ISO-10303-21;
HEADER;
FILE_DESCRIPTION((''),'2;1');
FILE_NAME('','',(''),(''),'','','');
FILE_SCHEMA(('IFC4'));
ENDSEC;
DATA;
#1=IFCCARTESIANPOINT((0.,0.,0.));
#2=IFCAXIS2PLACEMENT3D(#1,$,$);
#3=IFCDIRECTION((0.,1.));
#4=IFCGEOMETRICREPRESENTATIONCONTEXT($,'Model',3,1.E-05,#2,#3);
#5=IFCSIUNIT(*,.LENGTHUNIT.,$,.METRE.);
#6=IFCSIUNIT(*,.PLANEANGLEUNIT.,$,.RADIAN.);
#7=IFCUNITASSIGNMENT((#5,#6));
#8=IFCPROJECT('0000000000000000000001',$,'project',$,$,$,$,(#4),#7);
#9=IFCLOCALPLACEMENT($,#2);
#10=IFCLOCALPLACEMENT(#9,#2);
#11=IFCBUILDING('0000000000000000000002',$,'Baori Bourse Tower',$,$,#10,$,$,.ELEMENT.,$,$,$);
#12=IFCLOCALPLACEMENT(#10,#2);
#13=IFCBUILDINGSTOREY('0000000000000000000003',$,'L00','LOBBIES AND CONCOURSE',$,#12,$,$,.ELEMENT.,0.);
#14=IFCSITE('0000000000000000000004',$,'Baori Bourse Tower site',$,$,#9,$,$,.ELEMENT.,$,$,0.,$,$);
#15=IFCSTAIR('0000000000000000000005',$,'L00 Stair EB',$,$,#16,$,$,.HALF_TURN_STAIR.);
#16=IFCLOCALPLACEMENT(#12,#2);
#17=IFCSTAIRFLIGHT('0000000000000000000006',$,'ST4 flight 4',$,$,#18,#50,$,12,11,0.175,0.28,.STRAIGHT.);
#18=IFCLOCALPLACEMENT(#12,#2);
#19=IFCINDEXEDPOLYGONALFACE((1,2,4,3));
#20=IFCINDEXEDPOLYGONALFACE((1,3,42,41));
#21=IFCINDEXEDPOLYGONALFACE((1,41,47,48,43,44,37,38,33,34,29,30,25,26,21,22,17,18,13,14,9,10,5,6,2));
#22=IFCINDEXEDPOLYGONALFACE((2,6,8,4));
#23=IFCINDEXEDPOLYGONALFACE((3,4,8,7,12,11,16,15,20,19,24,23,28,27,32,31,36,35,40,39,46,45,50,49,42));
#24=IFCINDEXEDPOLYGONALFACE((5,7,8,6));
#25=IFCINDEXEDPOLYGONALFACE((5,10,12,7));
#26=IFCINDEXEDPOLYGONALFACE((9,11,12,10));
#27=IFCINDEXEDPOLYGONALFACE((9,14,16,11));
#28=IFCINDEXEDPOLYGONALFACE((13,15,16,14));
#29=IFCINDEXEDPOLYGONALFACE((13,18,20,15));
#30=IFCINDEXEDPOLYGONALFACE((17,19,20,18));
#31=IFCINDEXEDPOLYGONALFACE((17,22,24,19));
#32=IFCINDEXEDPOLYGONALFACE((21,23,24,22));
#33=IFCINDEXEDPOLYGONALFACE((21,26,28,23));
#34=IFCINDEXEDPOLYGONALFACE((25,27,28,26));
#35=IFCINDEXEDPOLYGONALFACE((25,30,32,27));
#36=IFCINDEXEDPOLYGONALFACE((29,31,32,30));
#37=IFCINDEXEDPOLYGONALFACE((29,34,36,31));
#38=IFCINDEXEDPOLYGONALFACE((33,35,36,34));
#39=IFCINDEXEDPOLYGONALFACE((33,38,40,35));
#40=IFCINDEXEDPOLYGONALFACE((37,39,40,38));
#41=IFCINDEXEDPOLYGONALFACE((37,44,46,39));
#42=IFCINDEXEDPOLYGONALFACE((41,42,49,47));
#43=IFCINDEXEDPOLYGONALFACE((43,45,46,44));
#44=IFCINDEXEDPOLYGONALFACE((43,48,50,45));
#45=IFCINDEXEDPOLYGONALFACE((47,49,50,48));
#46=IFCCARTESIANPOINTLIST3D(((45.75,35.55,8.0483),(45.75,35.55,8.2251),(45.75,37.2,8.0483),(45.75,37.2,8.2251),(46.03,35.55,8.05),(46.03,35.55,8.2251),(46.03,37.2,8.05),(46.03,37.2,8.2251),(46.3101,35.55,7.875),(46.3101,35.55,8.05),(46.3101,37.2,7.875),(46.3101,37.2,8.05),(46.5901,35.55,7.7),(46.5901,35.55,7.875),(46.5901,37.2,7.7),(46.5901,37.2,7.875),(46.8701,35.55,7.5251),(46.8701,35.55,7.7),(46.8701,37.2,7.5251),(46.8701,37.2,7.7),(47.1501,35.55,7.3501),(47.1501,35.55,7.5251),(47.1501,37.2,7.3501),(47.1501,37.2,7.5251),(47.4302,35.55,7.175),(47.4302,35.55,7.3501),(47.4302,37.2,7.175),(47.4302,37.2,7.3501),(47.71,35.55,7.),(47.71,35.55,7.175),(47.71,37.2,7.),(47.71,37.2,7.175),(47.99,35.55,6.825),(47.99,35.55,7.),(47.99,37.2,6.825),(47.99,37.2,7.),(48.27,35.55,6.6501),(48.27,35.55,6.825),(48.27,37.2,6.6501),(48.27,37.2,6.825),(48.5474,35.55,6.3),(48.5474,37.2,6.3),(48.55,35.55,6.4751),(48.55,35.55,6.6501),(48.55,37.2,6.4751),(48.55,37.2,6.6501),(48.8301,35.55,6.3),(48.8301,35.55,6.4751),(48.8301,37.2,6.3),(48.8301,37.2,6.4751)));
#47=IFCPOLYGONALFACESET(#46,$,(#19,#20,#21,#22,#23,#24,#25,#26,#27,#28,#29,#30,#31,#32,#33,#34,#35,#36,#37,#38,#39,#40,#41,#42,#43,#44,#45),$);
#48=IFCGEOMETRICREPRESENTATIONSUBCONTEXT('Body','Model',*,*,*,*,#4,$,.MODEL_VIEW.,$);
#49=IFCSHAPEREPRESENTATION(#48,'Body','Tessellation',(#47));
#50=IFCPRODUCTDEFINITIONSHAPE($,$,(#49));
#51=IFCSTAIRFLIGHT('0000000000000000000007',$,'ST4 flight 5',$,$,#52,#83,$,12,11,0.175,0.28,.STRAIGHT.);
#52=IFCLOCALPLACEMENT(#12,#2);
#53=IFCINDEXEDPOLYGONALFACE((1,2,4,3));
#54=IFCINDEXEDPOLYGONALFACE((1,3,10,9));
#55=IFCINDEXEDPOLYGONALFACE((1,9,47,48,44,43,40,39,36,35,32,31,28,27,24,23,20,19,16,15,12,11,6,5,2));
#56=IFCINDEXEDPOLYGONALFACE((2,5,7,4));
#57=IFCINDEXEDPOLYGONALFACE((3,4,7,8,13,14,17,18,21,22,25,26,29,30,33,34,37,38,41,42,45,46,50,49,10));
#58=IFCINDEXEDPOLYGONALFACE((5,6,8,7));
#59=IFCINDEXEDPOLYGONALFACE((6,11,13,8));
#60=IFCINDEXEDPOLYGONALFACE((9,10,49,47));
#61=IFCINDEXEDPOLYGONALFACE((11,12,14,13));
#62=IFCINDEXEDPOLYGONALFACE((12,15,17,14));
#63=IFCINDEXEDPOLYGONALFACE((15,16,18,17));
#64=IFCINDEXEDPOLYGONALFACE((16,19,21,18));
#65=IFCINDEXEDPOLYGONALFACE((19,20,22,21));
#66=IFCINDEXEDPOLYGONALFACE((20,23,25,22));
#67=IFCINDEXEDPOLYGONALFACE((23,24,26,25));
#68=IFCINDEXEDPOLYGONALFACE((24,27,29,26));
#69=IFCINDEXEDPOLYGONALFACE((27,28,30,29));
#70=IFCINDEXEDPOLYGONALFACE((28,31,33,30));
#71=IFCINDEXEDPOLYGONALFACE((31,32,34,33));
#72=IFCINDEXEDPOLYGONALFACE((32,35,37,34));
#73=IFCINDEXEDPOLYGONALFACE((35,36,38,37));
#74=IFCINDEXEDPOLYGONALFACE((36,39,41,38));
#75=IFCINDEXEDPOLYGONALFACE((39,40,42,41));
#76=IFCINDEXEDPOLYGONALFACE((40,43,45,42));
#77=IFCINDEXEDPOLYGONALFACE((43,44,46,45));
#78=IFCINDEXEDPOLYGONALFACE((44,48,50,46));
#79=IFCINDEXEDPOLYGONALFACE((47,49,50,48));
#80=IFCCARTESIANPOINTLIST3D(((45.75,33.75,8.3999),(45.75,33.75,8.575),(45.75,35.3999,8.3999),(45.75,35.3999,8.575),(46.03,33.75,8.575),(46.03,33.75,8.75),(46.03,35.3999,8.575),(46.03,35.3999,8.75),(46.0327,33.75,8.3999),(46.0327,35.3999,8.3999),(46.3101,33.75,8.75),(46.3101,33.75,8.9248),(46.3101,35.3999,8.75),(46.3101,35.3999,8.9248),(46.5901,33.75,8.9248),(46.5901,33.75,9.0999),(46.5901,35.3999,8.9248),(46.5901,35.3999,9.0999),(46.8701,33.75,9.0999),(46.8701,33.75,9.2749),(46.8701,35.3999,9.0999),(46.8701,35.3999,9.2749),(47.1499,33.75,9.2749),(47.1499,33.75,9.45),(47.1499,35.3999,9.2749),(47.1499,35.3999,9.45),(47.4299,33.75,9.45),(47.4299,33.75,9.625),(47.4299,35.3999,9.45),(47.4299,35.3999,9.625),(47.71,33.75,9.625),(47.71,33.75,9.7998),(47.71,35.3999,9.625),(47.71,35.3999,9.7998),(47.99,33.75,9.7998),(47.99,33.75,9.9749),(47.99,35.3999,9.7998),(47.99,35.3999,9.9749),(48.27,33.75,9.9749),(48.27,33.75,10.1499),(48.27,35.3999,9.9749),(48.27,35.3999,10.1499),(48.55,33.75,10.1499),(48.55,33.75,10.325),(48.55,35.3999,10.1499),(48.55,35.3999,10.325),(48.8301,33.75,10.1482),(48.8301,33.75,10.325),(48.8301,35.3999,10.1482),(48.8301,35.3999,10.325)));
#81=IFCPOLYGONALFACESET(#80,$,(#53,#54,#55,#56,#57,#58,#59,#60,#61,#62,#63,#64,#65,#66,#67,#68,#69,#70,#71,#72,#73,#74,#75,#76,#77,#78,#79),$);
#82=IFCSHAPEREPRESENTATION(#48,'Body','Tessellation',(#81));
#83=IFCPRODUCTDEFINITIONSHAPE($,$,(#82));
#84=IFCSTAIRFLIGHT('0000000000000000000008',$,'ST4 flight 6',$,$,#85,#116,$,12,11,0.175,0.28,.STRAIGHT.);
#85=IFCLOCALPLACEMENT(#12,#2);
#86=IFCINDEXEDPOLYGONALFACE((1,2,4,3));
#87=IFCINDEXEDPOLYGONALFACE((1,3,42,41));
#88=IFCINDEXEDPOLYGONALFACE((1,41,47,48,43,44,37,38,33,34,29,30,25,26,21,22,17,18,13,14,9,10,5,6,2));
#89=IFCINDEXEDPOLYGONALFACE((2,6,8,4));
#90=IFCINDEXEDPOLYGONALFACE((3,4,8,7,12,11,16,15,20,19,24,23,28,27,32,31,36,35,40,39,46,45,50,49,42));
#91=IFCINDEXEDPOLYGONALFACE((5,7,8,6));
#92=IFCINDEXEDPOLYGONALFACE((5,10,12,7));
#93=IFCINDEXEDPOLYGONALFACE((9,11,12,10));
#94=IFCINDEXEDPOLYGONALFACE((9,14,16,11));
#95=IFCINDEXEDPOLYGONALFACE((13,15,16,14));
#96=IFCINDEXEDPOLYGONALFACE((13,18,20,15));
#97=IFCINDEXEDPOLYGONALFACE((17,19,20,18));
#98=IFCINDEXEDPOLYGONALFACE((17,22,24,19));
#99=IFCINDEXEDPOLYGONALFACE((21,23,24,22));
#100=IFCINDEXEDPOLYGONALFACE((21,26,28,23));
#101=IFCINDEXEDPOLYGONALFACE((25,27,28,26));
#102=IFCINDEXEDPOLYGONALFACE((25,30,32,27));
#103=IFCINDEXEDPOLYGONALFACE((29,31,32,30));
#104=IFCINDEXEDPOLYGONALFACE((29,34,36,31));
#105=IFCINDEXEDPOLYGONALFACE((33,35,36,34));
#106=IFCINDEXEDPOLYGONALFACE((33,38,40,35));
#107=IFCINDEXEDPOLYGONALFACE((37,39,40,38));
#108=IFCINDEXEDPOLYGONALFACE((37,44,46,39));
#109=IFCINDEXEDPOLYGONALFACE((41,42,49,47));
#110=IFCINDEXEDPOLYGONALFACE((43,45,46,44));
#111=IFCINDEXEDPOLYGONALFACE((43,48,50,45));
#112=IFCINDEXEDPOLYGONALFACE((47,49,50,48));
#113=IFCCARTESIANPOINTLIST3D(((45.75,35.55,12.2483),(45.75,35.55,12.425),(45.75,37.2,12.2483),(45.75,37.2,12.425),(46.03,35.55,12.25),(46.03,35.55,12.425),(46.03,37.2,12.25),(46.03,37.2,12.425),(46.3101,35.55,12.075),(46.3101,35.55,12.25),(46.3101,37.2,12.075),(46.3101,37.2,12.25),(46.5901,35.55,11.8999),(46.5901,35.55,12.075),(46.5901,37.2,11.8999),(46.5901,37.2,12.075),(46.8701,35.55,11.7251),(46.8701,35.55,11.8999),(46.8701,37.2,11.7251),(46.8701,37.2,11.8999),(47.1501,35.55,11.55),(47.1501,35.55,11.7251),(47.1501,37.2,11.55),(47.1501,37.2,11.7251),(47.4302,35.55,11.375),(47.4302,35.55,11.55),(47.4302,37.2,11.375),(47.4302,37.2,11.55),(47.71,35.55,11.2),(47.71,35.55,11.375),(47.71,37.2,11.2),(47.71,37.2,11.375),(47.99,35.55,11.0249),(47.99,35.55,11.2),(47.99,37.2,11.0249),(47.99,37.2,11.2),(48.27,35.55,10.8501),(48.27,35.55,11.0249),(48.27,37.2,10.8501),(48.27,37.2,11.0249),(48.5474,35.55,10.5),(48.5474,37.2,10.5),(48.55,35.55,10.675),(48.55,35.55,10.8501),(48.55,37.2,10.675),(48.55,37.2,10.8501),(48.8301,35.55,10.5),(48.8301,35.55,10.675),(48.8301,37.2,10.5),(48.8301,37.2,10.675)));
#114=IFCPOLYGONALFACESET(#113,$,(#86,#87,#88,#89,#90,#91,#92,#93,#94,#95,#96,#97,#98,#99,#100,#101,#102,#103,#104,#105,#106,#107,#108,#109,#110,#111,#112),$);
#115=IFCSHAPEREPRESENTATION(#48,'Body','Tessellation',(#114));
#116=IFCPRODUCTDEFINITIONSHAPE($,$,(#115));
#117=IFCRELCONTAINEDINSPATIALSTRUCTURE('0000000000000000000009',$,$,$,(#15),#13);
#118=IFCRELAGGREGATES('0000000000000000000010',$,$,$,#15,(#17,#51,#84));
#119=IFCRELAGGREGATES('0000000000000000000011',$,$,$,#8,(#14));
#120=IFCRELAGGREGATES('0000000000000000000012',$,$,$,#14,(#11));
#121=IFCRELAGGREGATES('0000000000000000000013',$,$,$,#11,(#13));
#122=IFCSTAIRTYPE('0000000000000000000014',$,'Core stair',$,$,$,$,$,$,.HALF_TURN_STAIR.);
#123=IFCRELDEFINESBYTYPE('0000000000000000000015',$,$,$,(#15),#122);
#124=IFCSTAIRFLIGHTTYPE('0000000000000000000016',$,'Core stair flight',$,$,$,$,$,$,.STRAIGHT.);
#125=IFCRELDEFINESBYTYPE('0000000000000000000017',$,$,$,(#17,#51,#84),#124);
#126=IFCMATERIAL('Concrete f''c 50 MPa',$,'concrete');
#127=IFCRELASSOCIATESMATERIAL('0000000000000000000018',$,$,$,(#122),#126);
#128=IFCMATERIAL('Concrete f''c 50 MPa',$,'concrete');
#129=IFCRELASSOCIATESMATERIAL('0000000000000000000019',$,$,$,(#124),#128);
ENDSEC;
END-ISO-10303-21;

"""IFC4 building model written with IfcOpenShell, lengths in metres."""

from ifc_helpers import new_model, si_unit, direction, frame, origin, place, context, subcontext, project, spatial, polyline, outline, extrude, material, type_object, element, aggregate, save


model = new_model("IFC4")

# Units and contexts
model_context = context("Model", 3, precision=1e-05, world=origin(), true_north=direction((0.0, 1.0)))
body_context = subcontext(model_context, "Body", "Model", "MODEL_VIEW")
ifc_project = project(units=[si_unit("LENGTHUNIT", "METRE"), si_unit("PLANEANGLEUNIT", "RADIAN")], contexts=[model_context])

# Site, building, storey
site_placement = place(None, origin())
site = spatial("IfcSite", under=ifc_project, at=site_placement, Name="Baori Bourse Tower site", CompositionType="ELEMENT", RefElevation=0.0)
building_placement = place(site_placement, origin())
building = spatial("IfcBuilding", under=site, at=building_placement, Name="Baori Bourse Tower", CompositionType="ELEMENT")
storey_placement = place(building_placement, origin())
storey = spatial("IfcBuildingStorey", under=building, at=storey_placement, Name="L00", Description="LOBBIES AND CONCOURSE", CompositionType="ELEMENT", Elevation=0.0)

# Stair, stair flights
ifc_material_1 = material(Name="Concrete f'c 50 MPa", Category="concrete")
stair_type = type_object("IfcStairType", Name="Core stair", PredefinedType="HALF_TURN_STAIR", material=ifc_material_1)
stair_placement = place(storey_placement, origin())
stair = element("IfcStair", 1, at=stair_placement, inside=storey, type_object=stair_type, Name="L00 Stair EB", PredefinedType="HALF_TURN_STAIR")
ifc_material_2 = material(Name="Concrete f'c 50 MPa", Category="concrete")
stair_flight_type = type_object("IfcStairFlightType", Name="Core stair flight", PredefinedType="STRAIGHT", material=ifc_material_2)
stair_flight_1_placement = place(storey_placement, frame((48.8301, 36.375, 6.3), z_axis=(0.0, 0.0, 1.0), x_axis=(-1.0, 0.0, 0.0)))
stair_flight_1 = element("IfcStairFlight", 2, at=stair_flight_1_placement, type_object=stair_flight_type, Name="ST4 flight 4", NumberOfRisers=12, NumberOfTreads=11, PredefinedType="STRAIGHT", RiserHeight=0.175, TreadLength=0.28, context=body_context, shape_type="SweptSolid", body=[
    extrude(outline(polyline([(0.0, 0.0), (0.0, 0.175), (0.28, 0.175), (0.28, 0.3501), (0.5601, 0.3501), (0.5601, 0.5249), (0.8401, 0.5249), (0.8401, 0.7), (1.1201, 0.7), (1.1201, 0.875), (1.3999, 0.875), (1.3999, 1.05), (1.6799, 1.05), (1.6799, 1.2251), (1.96, 1.2251), (1.96, 1.3999), (2.24, 1.3999), (2.24, 1.575), (2.52, 1.575), (2.52, 1.75), (2.8, 1.75), (2.8, 1.925), (3.0801, 1.925), (3.0801, 2.1001), (3.0801, 1.7483), (0.2827, 0.0), (0.0, 0.0)])), frame((0.0, 0.825, 0.0), z_axis=(0.0, -1.0, 0.0), x_axis=(1.0, 0.0, 0.0)), (0.0, 0.0, 1.0), 1.6499),
])
stair_flight_2_placement = place(storey_placement, frame((45.75, 34.575, 8.3999), z_axis=(0.0, 0.0, 1.0), x_axis=(1.0, 0.0, 0.0)))
stair_flight_2 = element("IfcStairFlight", 3, at=stair_flight_2_placement, type_object=stair_flight_type, Name="ST4 flight 5", NumberOfRisers=12, NumberOfTreads=11, PredefinedType="STRAIGHT", RiserHeight=0.175, TreadLength=0.28, context=body_context, shape_type="SweptSolid", body=[
    extrude(outline(polyline([(0.0, 0.0), (0.0, 0.175), (0.28, 0.175), (0.28, 0.3501), (0.5601, 0.3501), (0.5601, 0.5249), (0.8401, 0.5249), (0.8401, 0.7), (1.1201, 0.7), (1.1201, 0.875), (1.3999, 0.875), (1.3999, 1.05), (1.6799, 1.05), (1.6799, 1.2251), (1.96, 1.2251), (1.96, 1.3999), (2.24, 1.3999), (2.24, 1.575), (2.52, 1.575), (2.52, 1.75), (2.8, 1.75), (2.8, 1.925), (3.0801, 1.925), (3.0801, 2.1001), (3.0801, 1.7483), (0.2827, 0.0), (0.0, 0.0)])), frame((0.0, 0.825, 0.0), z_axis=(0.0, -1.0, 0.0), x_axis=(1.0, 0.0, 0.0)), (0.0, 0.0, 1.0), 1.6499),
])
stair_flight_3_placement = place(storey_placement, frame((48.8301, 36.375, 10.5), z_axis=(0.0, 0.0, 1.0), x_axis=(-1.0, 0.0, 0.0)))
stair_flight_3 = element("IfcStairFlight", 4, at=stair_flight_3_placement, type_object=stair_flight_type, Name="ST4 flight 6", NumberOfRisers=12, NumberOfTreads=11, PredefinedType="STRAIGHT", RiserHeight=0.175, TreadLength=0.28, context=body_context, shape_type="SweptSolid", body=[
    extrude(outline(polyline([(0.0, 0.0), (0.0, 0.175), (0.28, 0.175), (0.28, 0.3501), (0.5601, 0.3501), (0.5601, 0.5249), (0.8401, 0.5249), (0.8401, 0.7), (1.1201, 0.7), (1.1201, 0.875), (1.3999, 0.875), (1.3999, 1.05), (1.6799, 1.05), (1.6799, 1.2251), (1.96, 1.2251), (1.96, 1.3999), (2.24, 1.3999), (2.24, 1.575), (2.52, 1.575), (2.52, 1.75), (2.8, 1.75), (2.8, 1.925), (3.0801, 1.925), (3.0801, 2.1001), (3.0801, 1.7483), (0.2827, 0.0), (0.0, 0.0)])), frame((0.0, 0.825, 0.0), z_axis=(0.0, -1.0, 0.0), x_axis=(1.0, 0.0, 0.0)), (0.0, 0.0, 1.0), 1.6499),
])
aggregate(stair, [stair_flight_1, stair_flight_2, stair_flight_3])

save(model, "model.ifc")
